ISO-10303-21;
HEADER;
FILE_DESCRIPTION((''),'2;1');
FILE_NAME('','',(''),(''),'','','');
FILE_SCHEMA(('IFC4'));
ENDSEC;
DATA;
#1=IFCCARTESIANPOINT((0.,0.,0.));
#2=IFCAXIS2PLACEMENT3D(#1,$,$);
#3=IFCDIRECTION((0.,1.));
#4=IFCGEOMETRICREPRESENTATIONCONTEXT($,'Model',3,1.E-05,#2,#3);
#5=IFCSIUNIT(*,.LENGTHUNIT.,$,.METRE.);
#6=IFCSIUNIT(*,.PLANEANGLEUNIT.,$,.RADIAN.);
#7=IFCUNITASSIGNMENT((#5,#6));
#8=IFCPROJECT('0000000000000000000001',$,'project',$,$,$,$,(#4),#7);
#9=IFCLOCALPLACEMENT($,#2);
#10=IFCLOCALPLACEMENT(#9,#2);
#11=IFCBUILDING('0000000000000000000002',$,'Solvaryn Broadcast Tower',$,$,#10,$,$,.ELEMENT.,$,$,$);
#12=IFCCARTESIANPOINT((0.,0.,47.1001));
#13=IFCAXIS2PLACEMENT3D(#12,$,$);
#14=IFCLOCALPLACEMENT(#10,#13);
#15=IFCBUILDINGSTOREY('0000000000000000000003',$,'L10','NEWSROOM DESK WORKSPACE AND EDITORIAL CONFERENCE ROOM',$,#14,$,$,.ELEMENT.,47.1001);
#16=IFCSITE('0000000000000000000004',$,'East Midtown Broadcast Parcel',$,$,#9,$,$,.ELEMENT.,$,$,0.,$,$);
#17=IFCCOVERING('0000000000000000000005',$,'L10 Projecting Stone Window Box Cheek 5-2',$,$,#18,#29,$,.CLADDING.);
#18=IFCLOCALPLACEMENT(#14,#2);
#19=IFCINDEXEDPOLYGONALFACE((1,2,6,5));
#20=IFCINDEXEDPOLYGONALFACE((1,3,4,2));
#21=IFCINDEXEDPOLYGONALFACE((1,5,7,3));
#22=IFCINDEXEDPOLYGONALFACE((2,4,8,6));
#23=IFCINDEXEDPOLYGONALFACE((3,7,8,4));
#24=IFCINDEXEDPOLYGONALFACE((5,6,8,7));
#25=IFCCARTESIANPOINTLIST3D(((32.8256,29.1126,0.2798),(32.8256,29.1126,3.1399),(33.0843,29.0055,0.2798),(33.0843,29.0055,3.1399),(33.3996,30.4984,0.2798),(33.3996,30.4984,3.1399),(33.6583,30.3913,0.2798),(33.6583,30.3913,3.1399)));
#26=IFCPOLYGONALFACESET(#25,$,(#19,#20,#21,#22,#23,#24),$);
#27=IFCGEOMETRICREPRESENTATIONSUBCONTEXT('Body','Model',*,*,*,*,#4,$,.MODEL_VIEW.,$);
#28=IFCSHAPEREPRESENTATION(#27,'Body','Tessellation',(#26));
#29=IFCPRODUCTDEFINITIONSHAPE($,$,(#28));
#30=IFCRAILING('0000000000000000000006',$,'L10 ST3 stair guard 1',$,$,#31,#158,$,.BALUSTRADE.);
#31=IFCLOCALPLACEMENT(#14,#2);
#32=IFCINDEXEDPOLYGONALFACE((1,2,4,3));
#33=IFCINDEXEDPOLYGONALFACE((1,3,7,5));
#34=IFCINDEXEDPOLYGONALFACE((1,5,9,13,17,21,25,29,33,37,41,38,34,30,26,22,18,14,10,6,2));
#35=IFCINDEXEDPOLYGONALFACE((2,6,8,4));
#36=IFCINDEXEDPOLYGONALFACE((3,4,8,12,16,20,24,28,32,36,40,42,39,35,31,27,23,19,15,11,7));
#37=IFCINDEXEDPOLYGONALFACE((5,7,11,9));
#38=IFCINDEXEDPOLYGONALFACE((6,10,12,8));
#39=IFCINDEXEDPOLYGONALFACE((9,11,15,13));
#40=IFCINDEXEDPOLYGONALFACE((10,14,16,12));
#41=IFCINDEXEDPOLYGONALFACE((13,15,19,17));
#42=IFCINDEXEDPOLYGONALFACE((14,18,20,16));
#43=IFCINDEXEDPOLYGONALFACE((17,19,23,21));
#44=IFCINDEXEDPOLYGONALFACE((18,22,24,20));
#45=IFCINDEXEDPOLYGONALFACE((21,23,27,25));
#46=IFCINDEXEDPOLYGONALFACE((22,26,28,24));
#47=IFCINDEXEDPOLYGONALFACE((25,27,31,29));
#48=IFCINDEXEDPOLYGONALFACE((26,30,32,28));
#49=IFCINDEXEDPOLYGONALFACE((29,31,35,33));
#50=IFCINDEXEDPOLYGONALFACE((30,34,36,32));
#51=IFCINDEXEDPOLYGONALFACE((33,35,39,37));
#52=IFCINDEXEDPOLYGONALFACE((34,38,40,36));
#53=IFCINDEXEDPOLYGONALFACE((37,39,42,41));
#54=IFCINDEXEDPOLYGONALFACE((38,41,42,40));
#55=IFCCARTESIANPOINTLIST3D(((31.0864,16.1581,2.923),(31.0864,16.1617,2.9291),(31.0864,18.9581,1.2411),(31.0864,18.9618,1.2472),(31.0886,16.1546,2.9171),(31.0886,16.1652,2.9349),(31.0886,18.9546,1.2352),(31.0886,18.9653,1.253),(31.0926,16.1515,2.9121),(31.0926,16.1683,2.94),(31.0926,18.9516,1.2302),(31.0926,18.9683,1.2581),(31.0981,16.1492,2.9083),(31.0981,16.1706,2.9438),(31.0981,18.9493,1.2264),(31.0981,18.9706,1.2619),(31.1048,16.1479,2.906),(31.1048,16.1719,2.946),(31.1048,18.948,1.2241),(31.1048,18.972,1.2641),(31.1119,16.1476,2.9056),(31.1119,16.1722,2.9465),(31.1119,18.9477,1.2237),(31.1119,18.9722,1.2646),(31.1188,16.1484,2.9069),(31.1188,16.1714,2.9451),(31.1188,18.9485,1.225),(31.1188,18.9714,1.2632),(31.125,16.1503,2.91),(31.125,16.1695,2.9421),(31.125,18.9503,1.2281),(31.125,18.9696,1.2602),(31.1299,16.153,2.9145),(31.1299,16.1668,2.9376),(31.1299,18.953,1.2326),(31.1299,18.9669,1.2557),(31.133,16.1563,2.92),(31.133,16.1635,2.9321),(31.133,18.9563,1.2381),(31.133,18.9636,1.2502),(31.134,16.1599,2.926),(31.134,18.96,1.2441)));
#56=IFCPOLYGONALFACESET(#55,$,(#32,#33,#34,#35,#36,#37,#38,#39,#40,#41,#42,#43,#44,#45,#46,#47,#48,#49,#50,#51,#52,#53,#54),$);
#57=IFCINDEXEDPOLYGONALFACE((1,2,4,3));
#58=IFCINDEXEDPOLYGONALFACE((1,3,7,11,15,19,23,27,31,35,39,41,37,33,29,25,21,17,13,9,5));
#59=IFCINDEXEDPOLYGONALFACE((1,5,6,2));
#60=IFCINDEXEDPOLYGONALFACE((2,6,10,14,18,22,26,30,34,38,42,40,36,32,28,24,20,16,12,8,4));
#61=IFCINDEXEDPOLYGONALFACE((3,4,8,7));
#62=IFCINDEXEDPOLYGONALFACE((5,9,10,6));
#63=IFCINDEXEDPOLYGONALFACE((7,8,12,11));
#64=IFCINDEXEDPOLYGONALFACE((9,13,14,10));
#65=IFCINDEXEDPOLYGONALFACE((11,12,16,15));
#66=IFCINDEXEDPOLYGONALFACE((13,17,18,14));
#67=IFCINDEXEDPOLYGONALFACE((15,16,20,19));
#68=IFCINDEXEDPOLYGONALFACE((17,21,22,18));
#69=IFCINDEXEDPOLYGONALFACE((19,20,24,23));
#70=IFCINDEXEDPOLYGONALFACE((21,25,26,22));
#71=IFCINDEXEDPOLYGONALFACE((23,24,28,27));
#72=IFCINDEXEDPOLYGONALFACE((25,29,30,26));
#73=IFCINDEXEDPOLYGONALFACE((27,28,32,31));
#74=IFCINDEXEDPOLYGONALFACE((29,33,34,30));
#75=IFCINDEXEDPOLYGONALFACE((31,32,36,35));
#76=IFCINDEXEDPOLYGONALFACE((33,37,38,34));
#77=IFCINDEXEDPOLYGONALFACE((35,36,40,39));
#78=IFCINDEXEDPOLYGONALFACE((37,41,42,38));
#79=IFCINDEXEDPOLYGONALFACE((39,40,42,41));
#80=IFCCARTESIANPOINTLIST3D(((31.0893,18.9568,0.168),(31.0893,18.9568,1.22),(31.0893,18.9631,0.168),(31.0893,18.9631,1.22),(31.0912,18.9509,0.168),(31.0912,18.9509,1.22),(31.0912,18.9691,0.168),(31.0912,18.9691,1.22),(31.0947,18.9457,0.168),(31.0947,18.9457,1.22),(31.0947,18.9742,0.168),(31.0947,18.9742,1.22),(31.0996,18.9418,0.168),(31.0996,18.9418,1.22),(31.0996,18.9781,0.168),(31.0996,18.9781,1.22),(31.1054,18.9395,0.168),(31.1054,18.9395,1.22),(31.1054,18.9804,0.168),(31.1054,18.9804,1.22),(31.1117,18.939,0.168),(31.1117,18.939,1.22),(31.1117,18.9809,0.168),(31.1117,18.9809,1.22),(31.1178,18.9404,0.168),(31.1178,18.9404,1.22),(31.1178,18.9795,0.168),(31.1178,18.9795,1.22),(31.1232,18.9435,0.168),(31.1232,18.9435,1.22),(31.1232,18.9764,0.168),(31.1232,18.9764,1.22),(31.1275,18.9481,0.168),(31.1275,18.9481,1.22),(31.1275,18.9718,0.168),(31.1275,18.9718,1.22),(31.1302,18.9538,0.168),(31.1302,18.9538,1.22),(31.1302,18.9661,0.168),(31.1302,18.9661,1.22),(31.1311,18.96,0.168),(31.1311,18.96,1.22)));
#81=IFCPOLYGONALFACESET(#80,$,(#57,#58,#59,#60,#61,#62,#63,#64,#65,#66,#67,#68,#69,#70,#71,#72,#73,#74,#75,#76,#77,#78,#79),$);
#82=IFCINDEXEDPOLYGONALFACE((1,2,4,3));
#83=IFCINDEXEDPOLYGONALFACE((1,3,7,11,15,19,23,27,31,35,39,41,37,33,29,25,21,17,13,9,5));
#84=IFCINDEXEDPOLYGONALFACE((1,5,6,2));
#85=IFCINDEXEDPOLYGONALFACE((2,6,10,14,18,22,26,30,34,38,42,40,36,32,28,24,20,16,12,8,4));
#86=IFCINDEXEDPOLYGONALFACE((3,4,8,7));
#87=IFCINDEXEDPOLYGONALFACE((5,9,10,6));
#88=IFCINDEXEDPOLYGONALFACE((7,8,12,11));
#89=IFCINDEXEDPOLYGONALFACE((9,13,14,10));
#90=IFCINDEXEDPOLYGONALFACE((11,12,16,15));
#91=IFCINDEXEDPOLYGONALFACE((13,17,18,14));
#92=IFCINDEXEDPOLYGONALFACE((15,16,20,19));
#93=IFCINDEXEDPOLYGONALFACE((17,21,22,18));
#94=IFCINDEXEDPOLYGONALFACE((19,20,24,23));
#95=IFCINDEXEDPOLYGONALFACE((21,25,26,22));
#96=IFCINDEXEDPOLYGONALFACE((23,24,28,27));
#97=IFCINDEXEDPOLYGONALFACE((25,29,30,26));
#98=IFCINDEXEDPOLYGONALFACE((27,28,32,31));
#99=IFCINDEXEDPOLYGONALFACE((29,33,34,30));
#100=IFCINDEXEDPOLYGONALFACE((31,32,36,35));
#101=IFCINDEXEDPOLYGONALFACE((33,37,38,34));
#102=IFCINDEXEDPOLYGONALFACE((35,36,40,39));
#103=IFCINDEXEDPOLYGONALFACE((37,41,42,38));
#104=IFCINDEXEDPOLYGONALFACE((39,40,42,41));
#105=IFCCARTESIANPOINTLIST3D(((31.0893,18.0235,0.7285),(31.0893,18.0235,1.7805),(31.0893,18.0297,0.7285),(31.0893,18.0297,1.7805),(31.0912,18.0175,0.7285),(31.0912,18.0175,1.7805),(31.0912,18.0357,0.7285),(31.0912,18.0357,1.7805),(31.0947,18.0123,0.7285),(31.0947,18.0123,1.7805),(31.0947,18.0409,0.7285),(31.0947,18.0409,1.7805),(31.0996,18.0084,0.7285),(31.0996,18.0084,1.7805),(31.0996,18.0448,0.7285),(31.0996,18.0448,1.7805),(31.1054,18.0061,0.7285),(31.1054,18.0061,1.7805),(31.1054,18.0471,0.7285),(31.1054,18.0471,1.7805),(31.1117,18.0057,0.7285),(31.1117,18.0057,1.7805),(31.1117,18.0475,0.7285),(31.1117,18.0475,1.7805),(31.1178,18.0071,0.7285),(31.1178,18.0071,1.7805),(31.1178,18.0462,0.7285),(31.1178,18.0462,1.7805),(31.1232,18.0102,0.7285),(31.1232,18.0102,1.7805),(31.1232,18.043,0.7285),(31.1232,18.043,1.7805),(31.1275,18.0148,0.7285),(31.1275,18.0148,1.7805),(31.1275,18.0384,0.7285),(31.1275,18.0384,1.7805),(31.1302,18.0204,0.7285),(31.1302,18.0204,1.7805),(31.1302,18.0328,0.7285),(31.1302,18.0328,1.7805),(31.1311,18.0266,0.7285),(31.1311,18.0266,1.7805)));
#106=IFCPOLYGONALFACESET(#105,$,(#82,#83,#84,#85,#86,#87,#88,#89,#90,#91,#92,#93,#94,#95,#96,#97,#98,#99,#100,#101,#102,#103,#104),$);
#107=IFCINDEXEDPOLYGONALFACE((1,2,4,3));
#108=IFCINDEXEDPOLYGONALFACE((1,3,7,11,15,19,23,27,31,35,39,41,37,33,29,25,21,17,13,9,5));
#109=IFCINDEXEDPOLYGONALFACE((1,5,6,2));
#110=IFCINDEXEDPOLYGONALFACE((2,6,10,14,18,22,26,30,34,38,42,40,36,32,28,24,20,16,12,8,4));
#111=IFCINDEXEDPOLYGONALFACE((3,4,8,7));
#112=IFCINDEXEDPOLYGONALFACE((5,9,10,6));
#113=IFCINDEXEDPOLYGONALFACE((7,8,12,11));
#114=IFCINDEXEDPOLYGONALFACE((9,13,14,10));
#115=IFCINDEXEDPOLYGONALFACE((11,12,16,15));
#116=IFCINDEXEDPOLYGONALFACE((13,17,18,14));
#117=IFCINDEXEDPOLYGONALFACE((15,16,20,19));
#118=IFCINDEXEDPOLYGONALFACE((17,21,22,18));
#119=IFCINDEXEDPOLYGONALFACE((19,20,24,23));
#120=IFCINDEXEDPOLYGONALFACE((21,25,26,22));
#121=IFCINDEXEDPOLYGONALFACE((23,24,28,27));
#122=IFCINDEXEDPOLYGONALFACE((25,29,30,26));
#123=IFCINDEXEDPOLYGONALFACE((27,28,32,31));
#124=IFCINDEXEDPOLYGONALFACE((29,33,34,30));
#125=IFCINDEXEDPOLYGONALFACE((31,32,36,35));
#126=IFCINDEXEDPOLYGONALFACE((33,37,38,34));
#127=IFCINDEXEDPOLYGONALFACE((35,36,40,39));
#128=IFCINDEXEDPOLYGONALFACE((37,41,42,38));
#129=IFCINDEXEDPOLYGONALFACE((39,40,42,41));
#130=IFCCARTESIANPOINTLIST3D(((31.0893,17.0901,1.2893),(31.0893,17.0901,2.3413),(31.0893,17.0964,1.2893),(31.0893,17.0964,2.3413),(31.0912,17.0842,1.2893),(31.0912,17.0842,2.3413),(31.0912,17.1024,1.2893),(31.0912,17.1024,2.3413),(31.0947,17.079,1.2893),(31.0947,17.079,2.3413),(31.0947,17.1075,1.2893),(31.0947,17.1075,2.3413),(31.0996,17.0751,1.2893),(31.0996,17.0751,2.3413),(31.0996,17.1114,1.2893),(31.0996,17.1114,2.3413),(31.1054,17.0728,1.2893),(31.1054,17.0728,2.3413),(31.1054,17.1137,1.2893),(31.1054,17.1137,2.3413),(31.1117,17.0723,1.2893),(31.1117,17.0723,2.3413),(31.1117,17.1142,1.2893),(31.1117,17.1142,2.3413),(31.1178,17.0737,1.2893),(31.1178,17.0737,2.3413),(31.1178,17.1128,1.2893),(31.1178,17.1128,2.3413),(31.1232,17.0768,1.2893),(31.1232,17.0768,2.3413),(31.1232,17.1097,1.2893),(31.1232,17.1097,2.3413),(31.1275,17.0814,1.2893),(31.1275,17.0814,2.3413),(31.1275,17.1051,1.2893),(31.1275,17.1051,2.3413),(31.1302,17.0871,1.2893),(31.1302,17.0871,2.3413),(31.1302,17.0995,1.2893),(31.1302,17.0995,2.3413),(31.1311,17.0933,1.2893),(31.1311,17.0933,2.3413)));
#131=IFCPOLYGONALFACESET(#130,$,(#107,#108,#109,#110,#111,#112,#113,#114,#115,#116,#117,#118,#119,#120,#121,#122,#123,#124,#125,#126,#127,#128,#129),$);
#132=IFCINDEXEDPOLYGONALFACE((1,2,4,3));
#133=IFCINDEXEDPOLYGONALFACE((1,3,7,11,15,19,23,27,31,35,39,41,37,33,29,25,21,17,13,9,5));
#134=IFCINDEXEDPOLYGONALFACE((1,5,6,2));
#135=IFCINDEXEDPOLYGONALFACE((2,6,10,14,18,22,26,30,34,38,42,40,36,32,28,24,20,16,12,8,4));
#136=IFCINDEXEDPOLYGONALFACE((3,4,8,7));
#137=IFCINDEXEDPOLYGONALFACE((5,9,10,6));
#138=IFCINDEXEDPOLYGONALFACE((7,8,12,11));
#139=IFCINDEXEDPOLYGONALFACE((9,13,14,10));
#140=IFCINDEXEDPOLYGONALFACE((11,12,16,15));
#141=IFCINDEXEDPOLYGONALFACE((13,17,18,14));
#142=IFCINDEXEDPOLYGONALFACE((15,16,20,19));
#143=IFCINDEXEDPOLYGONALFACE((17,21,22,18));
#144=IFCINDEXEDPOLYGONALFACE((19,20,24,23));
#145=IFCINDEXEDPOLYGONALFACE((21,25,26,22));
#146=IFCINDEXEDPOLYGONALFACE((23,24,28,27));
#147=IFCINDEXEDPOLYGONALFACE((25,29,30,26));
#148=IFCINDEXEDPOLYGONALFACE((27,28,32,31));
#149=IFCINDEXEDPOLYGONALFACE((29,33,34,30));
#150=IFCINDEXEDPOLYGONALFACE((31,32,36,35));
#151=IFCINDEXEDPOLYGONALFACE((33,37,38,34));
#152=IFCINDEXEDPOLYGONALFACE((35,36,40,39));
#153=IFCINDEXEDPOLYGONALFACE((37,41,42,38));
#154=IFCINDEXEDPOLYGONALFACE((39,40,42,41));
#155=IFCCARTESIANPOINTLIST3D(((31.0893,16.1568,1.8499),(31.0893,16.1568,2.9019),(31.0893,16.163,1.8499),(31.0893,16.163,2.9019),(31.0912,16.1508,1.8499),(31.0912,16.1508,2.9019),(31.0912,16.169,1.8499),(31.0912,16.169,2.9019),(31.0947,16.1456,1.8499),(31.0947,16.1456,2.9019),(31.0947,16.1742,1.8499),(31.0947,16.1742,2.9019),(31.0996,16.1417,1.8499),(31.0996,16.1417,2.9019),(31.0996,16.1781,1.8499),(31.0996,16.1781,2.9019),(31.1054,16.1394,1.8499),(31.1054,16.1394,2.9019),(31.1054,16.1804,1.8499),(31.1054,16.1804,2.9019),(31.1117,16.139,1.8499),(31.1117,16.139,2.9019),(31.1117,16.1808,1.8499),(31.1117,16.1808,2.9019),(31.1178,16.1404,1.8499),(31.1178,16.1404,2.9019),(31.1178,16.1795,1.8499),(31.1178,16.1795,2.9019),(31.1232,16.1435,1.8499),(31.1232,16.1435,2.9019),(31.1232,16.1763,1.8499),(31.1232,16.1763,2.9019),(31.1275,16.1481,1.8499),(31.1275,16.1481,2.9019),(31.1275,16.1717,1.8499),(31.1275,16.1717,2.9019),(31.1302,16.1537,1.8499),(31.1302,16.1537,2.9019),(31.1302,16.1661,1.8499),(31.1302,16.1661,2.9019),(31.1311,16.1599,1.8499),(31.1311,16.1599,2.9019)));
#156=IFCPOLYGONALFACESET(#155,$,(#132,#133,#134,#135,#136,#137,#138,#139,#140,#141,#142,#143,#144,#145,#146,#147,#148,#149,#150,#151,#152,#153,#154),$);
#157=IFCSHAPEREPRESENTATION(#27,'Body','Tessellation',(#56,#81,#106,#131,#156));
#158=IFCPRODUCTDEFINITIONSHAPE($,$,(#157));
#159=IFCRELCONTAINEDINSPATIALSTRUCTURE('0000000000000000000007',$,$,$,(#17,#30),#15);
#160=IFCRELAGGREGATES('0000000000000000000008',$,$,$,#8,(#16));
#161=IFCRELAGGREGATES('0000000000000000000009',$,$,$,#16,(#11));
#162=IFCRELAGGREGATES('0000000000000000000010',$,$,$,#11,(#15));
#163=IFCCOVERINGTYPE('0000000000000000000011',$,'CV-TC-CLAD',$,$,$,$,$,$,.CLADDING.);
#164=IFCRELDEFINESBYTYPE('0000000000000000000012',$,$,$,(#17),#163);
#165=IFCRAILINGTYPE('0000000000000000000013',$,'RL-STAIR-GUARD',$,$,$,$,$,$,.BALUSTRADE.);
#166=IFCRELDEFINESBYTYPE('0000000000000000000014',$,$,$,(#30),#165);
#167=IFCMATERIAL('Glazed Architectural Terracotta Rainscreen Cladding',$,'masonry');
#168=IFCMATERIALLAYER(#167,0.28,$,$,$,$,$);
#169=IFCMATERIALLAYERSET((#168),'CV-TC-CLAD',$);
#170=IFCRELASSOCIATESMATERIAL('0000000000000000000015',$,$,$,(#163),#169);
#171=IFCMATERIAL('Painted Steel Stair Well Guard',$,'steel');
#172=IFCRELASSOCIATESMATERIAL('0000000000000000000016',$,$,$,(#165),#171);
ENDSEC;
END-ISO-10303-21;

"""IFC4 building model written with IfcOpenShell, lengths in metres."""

from ifc_helpers import new_model, si_unit, direction, frame, origin, origin_2d, place, context, subcontext, project, spatial, rectangle, circle, extrude, material, layer, layer_set, type_object, element, save


model = new_model("IFC4")

# Units and contexts
model_context = context("Model", 3, precision=1e-05, world=origin(), true_north=direction((0.0, 1.0)))
body_context = subcontext(model_context, "Body", "Model", "MODEL_VIEW")
ifc_project = project(units=[si_unit("LENGTHUNIT", "METRE"), si_unit("PLANEANGLEUNIT", "RADIAN")], contexts=[model_context])

# Site, building, storey
site_placement = place(None, origin())
site = spatial("IfcSite", under=ifc_project, at=site_placement, Name="East Midtown Broadcast Parcel", CompositionType="ELEMENT", RefElevation=0.0)
building_placement = place(site_placement, origin())
building = spatial("IfcBuilding", under=site, at=building_placement, Name="Solvaryn Broadcast Tower", CompositionType="ELEMENT")
storey_placement = place(building_placement, frame((0.0, 0.0, 47.1001)))
storey = spatial("IfcBuildingStorey", under=building, at=storey_placement, Name="L10", Description="NEWSROOM DESK WORKSPACE AND EDITORIAL CONFERENCE ROOM", CompositionType="ELEMENT", Elevation=47.1001)

# Covering
ifc_material_1 = material(Name="Glazed Architectural Terracotta Rainscreen Cladding", Category="masonry")
ifc_layer_1 = layer(ifc_material_1, 0.28)
ifc_layer_set_1 = layer_set([ifc_layer_1], Name="CV-TC-CLAD")
covering_type_1 = type_object("IfcCoveringType", Name="CV-TC-CLAD", PredefinedType="CLADDING", material=ifc_layer_set_1)
covering_1_placement = place(storey_placement, frame((33.2419, 29.752, 0.2798), z_axis=(0.0, 0.0, 1.0), x_axis=(-0.92388, 0.382683, 0.0)))
element("IfcCovering", 1, at=covering_1_placement, inside=storey, type_object=covering_type_1, Name="L10 Projecting Stone Window Box Cheek 5-2", PredefinedType="CLADDING", context=body_context, shape_type="SweptSolid", body=[
    extrude(rectangle(XDim=0.28, YDim=1.5, at=origin_2d()), origin(), (0.0, 0.0, 1.0), 2.8601),
])

# Railing
ifc_material_2 = material(Name="Painted Steel Stair Well Guard", Category="steel")
railing_type_1 = type_object("IfcRailingType", Name="RL-STAIR-GUARD", PredefinedType="BALUSTRADE", material=ifc_material_2)
railing_1_placement = place(storey_placement, frame((31.1101, 18.96, 0.168)))
element("IfcRailing", 2, at=railing_1_placement, inside=storey, type_object=railing_type_1, Name="L10 ST3 stair guard 1", PredefinedType="BALUSTRADE", context=body_context, shape_type="SweptSolid", body=[
    extrude(circle(Radius=0.0239, at=origin_2d()), frame((0.0, 0.0, 1.0762), z_axis=(0.0, -0.857242, 0.514913), x_axis=(1.0, 0.0, 0.0)), (0.0, 0.0, 1.0), 3.2664),
    extrude(circle(Radius=0.021, at=origin_2d()), origin(), (0.0, 0.0, 1.0), 1.052),
    extrude(circle(Radius=0.021, at=origin_2d()), frame((0.0, -0.9333, 0.5605)), (0.0, 0.0, 1.0), 1.052),
    extrude(circle(Radius=0.021, at=origin_2d()), frame((0.0, -1.8667, 1.1213)), (0.0, 0.0, 1.0), 1.052),
    extrude(circle(Radius=0.021, at=origin_2d()), frame((0.0, -2.8, 1.6819)), (0.0, 0.0, 1.0), 1.052),
])

save(model, "model.ifc")
